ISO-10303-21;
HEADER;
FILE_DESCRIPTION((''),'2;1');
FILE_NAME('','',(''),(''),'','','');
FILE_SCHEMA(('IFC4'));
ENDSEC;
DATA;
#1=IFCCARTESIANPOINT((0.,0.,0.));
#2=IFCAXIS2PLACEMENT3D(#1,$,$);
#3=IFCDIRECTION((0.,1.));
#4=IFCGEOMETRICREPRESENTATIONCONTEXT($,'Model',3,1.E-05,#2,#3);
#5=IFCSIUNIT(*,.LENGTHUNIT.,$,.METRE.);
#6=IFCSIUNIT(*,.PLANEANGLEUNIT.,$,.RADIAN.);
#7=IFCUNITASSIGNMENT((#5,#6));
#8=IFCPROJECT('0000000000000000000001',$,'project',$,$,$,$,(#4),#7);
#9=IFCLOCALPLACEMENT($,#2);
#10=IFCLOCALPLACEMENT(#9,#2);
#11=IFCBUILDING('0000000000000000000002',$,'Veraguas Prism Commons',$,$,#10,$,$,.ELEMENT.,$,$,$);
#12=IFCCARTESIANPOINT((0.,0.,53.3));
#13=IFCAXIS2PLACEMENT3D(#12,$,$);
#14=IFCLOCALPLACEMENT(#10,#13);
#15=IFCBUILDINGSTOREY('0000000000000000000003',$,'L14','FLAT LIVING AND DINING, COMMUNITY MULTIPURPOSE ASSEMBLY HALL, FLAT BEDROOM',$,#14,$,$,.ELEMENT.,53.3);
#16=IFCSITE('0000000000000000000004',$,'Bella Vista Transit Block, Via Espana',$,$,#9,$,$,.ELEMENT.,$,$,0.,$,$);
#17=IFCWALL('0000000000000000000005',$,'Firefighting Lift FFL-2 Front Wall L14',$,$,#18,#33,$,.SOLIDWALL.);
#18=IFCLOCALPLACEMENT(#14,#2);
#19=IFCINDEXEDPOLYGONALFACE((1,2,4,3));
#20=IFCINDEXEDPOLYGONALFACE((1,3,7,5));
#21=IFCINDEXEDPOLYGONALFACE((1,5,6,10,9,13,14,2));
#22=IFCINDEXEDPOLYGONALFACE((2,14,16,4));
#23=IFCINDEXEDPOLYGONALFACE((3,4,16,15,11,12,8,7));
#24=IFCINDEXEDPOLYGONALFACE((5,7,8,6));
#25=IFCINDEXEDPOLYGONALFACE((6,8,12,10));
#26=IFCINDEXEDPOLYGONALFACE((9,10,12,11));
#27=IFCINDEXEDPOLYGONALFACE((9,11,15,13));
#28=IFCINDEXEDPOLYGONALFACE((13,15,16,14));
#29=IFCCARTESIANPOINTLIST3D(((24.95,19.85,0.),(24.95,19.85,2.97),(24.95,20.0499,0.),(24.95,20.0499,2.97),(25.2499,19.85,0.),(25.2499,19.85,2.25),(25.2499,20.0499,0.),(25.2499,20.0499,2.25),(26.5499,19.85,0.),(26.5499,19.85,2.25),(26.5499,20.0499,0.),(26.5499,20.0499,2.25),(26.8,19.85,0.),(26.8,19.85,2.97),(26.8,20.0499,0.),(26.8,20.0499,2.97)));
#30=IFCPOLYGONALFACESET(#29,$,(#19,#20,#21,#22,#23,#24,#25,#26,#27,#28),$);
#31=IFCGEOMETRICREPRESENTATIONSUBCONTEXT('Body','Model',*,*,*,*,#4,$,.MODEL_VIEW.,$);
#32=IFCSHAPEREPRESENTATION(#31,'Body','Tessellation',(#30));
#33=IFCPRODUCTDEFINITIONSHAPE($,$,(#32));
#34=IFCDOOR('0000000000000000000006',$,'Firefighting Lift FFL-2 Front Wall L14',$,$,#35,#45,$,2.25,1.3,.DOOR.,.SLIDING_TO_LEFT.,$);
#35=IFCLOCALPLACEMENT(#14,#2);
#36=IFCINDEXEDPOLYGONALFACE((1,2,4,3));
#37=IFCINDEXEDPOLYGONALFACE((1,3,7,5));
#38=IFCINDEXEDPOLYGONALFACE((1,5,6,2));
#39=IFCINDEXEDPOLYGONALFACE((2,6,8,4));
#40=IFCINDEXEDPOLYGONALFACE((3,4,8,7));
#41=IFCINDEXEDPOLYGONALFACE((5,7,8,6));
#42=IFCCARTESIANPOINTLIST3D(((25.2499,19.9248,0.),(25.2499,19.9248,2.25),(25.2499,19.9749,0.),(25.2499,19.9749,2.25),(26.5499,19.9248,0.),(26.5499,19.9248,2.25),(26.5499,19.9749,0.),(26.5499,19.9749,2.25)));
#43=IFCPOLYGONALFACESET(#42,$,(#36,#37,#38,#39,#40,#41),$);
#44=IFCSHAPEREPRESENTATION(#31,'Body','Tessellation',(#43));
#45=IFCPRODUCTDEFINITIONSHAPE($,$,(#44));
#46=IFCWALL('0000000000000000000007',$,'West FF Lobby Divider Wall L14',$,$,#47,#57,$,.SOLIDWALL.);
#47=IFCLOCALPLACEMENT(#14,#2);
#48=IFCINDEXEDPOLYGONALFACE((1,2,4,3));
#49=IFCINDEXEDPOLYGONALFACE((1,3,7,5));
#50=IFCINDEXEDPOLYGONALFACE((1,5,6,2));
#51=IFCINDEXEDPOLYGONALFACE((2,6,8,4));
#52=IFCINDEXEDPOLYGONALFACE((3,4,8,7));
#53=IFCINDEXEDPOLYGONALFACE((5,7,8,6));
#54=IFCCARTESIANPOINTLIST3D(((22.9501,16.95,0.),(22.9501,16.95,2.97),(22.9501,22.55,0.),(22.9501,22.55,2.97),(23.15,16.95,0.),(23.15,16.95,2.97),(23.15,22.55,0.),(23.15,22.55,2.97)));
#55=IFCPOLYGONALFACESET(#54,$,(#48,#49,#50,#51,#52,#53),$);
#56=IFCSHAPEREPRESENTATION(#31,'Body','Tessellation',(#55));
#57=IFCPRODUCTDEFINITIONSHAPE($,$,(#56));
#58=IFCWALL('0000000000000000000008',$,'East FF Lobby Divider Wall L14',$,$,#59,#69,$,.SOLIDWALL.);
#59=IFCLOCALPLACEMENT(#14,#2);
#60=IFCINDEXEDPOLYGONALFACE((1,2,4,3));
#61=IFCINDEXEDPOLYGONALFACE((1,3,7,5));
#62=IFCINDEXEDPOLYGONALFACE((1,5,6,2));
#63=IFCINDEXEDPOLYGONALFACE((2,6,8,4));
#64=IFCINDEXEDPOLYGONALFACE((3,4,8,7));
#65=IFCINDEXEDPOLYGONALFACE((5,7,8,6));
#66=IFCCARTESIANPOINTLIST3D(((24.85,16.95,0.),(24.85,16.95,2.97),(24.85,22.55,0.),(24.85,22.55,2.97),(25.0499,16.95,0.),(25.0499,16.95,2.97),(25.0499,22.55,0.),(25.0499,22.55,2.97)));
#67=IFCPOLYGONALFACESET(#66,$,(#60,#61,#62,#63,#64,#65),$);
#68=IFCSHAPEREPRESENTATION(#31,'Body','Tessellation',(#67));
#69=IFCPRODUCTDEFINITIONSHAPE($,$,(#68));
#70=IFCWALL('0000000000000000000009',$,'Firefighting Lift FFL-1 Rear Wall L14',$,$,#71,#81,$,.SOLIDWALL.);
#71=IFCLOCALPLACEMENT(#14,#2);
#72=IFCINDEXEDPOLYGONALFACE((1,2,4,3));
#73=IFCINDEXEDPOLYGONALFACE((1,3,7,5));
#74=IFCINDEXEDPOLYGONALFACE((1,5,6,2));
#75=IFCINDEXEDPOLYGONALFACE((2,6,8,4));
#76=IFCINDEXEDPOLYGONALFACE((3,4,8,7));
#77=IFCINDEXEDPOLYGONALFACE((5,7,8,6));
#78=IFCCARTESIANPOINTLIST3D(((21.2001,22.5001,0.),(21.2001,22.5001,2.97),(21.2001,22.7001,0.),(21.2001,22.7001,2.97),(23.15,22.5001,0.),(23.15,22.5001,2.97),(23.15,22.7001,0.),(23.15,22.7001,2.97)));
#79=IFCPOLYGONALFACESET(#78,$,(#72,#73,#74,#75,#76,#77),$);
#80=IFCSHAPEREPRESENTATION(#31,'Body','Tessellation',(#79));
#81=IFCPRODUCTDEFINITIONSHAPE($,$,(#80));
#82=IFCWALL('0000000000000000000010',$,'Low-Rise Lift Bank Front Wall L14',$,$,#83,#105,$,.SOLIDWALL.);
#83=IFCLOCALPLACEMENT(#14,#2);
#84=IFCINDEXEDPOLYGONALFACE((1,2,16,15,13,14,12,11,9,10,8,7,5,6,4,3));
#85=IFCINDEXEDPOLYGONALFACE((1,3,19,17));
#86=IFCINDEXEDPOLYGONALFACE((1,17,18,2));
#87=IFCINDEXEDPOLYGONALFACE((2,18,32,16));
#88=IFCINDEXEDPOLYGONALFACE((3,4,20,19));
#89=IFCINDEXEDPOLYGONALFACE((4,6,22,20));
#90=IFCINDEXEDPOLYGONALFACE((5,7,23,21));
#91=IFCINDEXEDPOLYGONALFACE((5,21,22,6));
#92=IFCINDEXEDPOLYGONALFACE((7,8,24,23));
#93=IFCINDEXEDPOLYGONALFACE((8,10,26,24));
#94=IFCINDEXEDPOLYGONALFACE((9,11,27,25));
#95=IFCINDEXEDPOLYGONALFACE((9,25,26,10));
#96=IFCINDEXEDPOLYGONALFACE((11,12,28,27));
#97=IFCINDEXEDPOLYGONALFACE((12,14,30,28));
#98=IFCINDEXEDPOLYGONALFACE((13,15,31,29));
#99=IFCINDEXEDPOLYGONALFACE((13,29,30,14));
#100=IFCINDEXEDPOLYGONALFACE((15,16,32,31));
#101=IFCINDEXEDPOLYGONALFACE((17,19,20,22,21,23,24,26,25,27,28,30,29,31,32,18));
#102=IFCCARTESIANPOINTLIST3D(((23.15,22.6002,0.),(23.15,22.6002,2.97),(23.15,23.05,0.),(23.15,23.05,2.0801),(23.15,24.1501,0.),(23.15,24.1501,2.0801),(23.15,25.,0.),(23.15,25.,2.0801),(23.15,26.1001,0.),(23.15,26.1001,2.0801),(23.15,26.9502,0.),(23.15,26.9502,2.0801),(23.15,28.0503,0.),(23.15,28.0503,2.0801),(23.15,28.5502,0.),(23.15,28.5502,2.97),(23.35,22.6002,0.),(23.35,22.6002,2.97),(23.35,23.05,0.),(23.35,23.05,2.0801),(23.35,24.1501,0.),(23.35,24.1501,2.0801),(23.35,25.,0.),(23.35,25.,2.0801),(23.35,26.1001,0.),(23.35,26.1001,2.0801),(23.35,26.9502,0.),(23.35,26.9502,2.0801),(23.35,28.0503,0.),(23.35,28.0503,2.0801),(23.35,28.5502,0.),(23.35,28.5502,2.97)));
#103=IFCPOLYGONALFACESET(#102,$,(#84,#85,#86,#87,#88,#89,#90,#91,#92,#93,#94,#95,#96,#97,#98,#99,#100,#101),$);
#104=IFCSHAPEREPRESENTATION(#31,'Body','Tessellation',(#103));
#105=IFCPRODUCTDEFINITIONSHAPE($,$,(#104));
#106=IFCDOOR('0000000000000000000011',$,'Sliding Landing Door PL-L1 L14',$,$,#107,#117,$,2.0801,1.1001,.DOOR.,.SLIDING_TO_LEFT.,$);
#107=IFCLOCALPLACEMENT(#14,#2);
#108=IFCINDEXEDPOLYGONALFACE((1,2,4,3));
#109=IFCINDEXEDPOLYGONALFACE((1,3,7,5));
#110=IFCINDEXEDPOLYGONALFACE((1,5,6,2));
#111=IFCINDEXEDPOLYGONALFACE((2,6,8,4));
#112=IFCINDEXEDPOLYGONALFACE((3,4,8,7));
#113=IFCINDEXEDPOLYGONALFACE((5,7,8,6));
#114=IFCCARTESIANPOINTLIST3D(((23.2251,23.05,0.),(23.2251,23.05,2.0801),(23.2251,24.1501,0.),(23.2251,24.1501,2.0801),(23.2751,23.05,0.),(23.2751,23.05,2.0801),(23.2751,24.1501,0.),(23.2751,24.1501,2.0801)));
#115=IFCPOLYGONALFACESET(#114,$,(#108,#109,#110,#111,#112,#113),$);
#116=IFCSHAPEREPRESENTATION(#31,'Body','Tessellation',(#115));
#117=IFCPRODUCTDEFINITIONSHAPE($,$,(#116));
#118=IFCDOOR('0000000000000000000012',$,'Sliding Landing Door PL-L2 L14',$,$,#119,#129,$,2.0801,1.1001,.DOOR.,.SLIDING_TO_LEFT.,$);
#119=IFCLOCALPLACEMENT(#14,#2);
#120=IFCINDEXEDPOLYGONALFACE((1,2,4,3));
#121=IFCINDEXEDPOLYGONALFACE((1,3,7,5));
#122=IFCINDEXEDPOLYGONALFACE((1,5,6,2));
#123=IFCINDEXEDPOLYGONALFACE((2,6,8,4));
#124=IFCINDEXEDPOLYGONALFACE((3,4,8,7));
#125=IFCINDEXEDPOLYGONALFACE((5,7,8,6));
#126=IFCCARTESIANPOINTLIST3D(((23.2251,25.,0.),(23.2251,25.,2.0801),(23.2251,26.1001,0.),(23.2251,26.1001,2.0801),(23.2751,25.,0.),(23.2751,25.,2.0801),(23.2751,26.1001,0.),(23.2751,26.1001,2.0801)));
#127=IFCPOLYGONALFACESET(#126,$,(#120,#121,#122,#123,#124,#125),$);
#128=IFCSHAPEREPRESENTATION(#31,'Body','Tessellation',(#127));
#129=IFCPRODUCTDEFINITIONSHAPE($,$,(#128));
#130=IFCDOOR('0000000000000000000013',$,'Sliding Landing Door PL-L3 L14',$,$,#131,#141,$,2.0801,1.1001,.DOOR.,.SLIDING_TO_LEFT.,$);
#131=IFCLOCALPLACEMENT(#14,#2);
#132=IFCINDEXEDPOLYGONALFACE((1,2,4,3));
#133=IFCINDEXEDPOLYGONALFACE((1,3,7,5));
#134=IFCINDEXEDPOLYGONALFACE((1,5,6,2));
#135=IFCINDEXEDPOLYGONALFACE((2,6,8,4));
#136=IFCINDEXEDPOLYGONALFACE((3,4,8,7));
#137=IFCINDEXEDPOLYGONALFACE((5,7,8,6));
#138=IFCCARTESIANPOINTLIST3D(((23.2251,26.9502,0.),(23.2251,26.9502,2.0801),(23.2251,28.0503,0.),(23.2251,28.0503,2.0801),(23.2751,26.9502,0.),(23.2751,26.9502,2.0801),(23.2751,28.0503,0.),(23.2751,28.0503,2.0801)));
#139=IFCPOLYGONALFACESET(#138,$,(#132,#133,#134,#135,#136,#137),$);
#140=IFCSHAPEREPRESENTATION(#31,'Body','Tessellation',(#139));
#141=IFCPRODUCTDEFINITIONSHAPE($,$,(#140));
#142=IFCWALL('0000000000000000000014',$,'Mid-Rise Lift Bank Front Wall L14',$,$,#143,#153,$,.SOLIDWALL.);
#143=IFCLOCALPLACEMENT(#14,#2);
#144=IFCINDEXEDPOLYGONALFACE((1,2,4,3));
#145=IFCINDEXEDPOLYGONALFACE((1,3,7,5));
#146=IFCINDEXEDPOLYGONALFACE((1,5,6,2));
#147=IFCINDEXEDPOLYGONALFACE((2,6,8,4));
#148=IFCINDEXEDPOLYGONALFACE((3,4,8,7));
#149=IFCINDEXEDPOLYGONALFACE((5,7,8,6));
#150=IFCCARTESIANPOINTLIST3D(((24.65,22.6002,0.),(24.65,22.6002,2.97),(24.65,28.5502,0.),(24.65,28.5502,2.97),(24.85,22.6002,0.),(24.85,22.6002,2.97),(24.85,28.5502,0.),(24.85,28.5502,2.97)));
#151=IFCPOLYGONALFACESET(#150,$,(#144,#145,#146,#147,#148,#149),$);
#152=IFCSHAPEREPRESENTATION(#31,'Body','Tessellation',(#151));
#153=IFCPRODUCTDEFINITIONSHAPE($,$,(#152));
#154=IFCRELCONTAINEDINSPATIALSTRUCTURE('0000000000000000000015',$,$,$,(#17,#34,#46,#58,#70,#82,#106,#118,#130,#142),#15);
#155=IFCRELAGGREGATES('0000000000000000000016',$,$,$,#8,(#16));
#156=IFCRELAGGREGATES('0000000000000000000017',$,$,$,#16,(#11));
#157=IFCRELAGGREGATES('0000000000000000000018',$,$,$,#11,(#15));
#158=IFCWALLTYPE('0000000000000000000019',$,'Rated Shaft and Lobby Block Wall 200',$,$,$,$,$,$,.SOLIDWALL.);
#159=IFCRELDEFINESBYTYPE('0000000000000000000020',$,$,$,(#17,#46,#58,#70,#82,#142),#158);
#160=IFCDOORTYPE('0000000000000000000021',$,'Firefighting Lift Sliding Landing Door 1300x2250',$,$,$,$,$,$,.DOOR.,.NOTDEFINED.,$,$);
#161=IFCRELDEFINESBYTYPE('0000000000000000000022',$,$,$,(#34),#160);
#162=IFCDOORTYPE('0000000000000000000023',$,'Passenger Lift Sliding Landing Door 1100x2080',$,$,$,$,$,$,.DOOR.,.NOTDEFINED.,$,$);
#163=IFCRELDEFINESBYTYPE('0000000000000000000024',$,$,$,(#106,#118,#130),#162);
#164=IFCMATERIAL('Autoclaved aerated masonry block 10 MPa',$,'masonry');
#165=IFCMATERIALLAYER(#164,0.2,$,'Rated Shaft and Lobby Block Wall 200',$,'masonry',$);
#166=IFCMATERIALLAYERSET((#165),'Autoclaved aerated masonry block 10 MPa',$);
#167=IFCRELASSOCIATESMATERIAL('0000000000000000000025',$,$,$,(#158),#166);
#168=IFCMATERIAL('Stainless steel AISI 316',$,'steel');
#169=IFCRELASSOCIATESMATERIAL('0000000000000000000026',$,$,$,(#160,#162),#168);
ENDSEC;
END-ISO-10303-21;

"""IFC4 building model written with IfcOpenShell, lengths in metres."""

from ifc_helpers import new_model, si_unit, direction, frame, frame_2d, origin, place, context, subcontext, project, spatial, rectangle, extrude, source, transform, mapped, material, layer, layer_set, type_object, element, fill, save


model = new_model("IFC4")

# Units and contexts
model_context = context("Model", 3, precision=1e-05, world=origin(), true_north=direction((0.0, 1.0)))
body_context = subcontext(model_context, "Body", "Model", "MODEL_VIEW")
ifc_project = project(units=[si_unit("LENGTHUNIT", "METRE"), si_unit("PLANEANGLEUNIT", "RADIAN")], contexts=[model_context])

# Site, building, storey
site_placement = place(None, origin())
site = spatial("IfcSite", under=ifc_project, at=site_placement, Name="Bella Vista Transit Block, Via Espana", CompositionType="ELEMENT", RefElevation=0.0)
building_placement = place(site_placement, origin())
building = spatial("IfcBuilding", under=site, at=building_placement, Name="Veraguas Prism Commons", CompositionType="ELEMENT")
storey_placement = place(building_placement, frame((0.0, 0.0, 53.3)))
storey = spatial("IfcBuildingStorey", under=building, at=storey_placement, Name="L14", Description="FLAT LIVING AND DINING, COMMUNITY MULTIPURPOSE ASSEMBLY HALL, FLAT BEDROOM", CompositionType="ELEMENT", Elevation=53.3)

# Wall, opening, door
ifc_material_1 = material(Name="Autoclaved aerated masonry block 10 MPa", Category="masonry")
ifc_layer_1 = layer(ifc_material_1, 0.2, Name="Rated Shaft and Lobby Block Wall 200", Category="masonry")
ifc_layer_set_1 = layer_set([ifc_layer_1], Name="Autoclaved aerated masonry block 10 MPa")
wall_type_1 = type_object("IfcWallType", Name="Rated Shaft and Lobby Block Wall 200", PredefinedType="SOLIDWALL", material=ifc_layer_set_1)
ifc_material_2 = material(Name="Stainless steel AISI 316", Category="steel")
door_type_1 = type_object("IfcDoorType", Name="Firefighting Lift Sliding Landing Door 1300x2250", OperationType="NOTDEFINED", PredefinedType="DOOR", material=ifc_material_2)
shared_shape_1 = source(origin(), body_context, "Body", "SweptSolid", [
    extrude(rectangle(XDim=1.3, YDim=2.25, at=frame_2d((0.6499, 1.125))), frame((0.0, 0.0249, 0.0), z_axis=(0.0, -1.0, 0.0), x_axis=(1.0, 0.0, 0.0)), (0.0, 0.0, 1.0), 0.05),
])
wall_1_placement = place(storey_placement, frame((24.95, 19.95, 0.0), z_axis=(0.0, 0.0, 1.0), x_axis=(1.0, 0.0, 0.0)))
wall_1 = element("IfcWall", 1, at=wall_1_placement, inside=storey, type_object=wall_type_1, Name="Firefighting Lift FFL-2 Front Wall L14", PredefinedType="SOLIDWALL", context=body_context, shape_type="SweptSolid", body=[
    extrude(rectangle(XDim=1.8501, YDim=0.2, at=frame_2d((0.925, 0.0))), origin(), (0.0, 0.0, 1.0), 2.97),
])
opening_1_placement = place(wall_1_placement, frame((0.3, 0.0, 0.0)))
opening_1 = element("IfcOpeningElement", 2, at=opening_1_placement, cuts=wall_1, PredefinedType="OPENING", context=body_context, shape_type="SweptSolid", body=[
    extrude(rectangle(XDim=1.3, YDim=2.25, at=frame_2d((0.6499, 1.125))), frame((0.0, 0.1099, 0.0), z_axis=(0.0, -1.0, 0.0), x_axis=(1.0, 0.0, 0.0)), (0.0, 0.0, 1.0), 0.22),
])
door_1_placement = place(opening_1_placement, origin())
door_1 = element("IfcDoor", 3, at=door_1_placement, inside=storey, type_object=door_type_1, Name="Firefighting Lift FFL-2 Front Wall L14", OperationType="SLIDING_TO_LEFT", OverallHeight=2.25, OverallWidth=1.3, PredefinedType="DOOR", context=body_context, shape_type="MappedRepresentation", body=[
    mapped(shared_shape_1, transform((0.0, 0.0, 0.0), scale=1.0)),
])
fill(opening_1, door_1)

# Walls
for number, where, z_axis, x_axis, name in (
    (4, (23.05, 16.95, 0.0), (0.0, 0.0, 1.0), (0.0, 1.0, 0.0), "West FF Lobby Divider Wall L14"),
    (5, (24.95, 16.95, 0.0), (0.0, 0.0, 1.0), (0.0, 1.0, 0.0), "East FF Lobby Divider Wall L14"),
):
    element("IfcWall", number, at=place(storey_placement, frame(where, z_axis=z_axis, x_axis=x_axis)), inside=storey, type_object=wall_type_1, Name=name, PredefinedType="SOLIDWALL", context=body_context, shape_type="SweptSolid", body=[
        extrude(rectangle(XDim=5.6001, YDim=0.2, at=frame_2d((2.8, 0.0))), origin(), (0.0, 0.0, 1.0), 2.97),
    ])
wall_2_placement = place(storey_placement, frame((21.2, 22.6001, 0.0), z_axis=(0.0, 0.0, 1.0), x_axis=(1.0, 0.0, 0.0)))
element("IfcWall", 6, at=wall_2_placement, inside=storey, type_object=wall_type_1, Name="Firefighting Lift FFL-1 Rear Wall L14", PredefinedType="SOLIDWALL", context=body_context, shape_type="SweptSolid", body=[
    extrude(rectangle(XDim=1.95, YDim=0.2, at=frame_2d((0.9751, 0.0))), origin(), (0.0, 0.0, 1.0), 2.97),
])

# Wall, openings, doors
wall_3_placement = place(storey_placement, frame((23.25, 22.6001, 0.0), z_axis=(0.0, 0.0, 1.0), x_axis=(0.0, 1.0, 0.0)))
wall_3 = element("IfcWall", 7, at=wall_3_placement, inside=storey, type_object=wall_type_1, Name="Low-Rise Lift Bank Front Wall L14", PredefinedType="SOLIDWALL", context=body_context, shape_type="SweptSolid", body=[
    extrude(rectangle(XDim=5.95, YDim=0.2, at=frame_2d((2.9751, 0.0))), origin(), (0.0, 0.0, 1.0), 2.97),
])
opening_2_placement = place(wall_3_placement, frame((0.45, 0.0, 0.0)))
opening_2 = element("IfcOpeningElement", 8, at=opening_2_placement, cuts=wall_3, PredefinedType="OPENING", context=body_context, shape_type="SweptSolid", body=[
    extrude(rectangle(XDim=1.1001, YDim=2.0801, at=frame_2d((0.55, 1.04))), frame((0.0, 0.1099, 0.0), z_axis=(0.0, -1.0, 0.0), x_axis=(1.0, 0.0, 0.0)), (0.0, 0.0, 1.0), 0.22),
])
opening_3_placement = place(wall_3_placement, frame((2.3999, 0.0, 0.0)))
opening_3 = element("IfcOpeningElement", 9, at=opening_3_placement, cuts=wall_3, PredefinedType="OPENING", context=body_context, shape_type="SweptSolid", body=[
    extrude(rectangle(XDim=1.1001, YDim=2.0801, at=frame_2d((0.55, 1.04))), frame((0.0, 0.1099, 0.0), z_axis=(0.0, -1.0, 0.0), x_axis=(1.0, 0.0, 0.0)), (0.0, 0.0, 1.0), 0.22),
])
opening_4_placement = place(wall_3_placement, frame((4.3501, 0.0, 0.0)))
opening_4 = element("IfcOpeningElement", 10, at=opening_4_placement, cuts=wall_3, PredefinedType="OPENING", context=body_context, shape_type="SweptSolid", body=[
    extrude(rectangle(XDim=1.1001, YDim=2.0801, at=frame_2d((0.55, 1.04))), frame((0.0, 0.1099, 0.0), z_axis=(0.0, -1.0, 0.0), x_axis=(1.0, 0.0, 0.0)), (0.0, 0.0, 1.0), 0.22),
])
door_type_2 = type_object("IfcDoorType", Name="Passenger Lift Sliding Landing Door 1100x2080", OperationType="NOTDEFINED", PredefinedType="DOOR", material=ifc_material_2)
shared_shape_2 = source(origin(), body_context, "Body", "SweptSolid", [
    extrude(rectangle(XDim=1.1001, YDim=2.0801, at=frame_2d((0.55, 1.04))), frame((0.0, 0.0249, 0.0), z_axis=(0.0, -1.0, 0.0), x_axis=(1.0, 0.0, 0.0)), (0.0, 0.0, 1.0), 0.05),
])
door_2_placement = place(opening_2_placement, origin())
door_2 = element("IfcDoor", 11, at=door_2_placement, inside=storey, type_object=door_type_2, Name="Sliding Landing Door PL-L1 L14", OperationType="SLIDING_TO_LEFT", OverallHeight=2.0801, OverallWidth=1.1001, PredefinedType="DOOR", context=body_context, shape_type="MappedRepresentation", body=[
    mapped(shared_shape_2, transform((0.0, 0.0, 0.0), scale=1.0)),
])
fill(opening_2, door_2)
door_3_placement = place(opening_3_placement, origin())
door_3 = element("IfcDoor", 12, at=door_3_placement, inside=storey, type_object=door_type_2, Name="Sliding Landing Door PL-L2 L14", OperationType="SLIDING_TO_LEFT", OverallHeight=2.0801, OverallWidth=1.1001, PredefinedType="DOOR", context=body_context, shape_type="MappedRepresentation", body=[
    mapped(shared_shape_2, transform((0.0, 0.0, 0.0), scale=1.0)),
])
fill(opening_3, door_3)
door_4_placement = place(opening_4_placement, origin())
door_4 = element("IfcDoor", 13, at=door_4_placement, inside=storey, type_object=door_type_2, Name="Sliding Landing Door PL-L3 L14", OperationType="SLIDING_TO_LEFT", OverallHeight=2.0801, OverallWidth=1.1001, PredefinedType="DOOR", context=body_context, shape_type="MappedRepresentation", body=[
    mapped(shared_shape_2, transform((0.0, 0.0, 0.0), scale=1.0)),
])
fill(opening_4, door_4)

# Wall
wall_4_placement = place(storey_placement, frame((24.75, 22.6001, 0.0), z_axis=(0.0, 0.0, 1.0), x_axis=(0.0, 1.0, 0.0)))
element("IfcWall", 14, at=wall_4_placement, inside=storey, type_object=wall_type_1, Name="Mid-Rise Lift Bank Front Wall L14", PredefinedType="SOLIDWALL", context=body_context, shape_type="SweptSolid", body=[
    extrude(rectangle(XDim=5.95, YDim=0.2, at=frame_2d((2.9751, 0.0))), origin(), (0.0, 0.0, 1.0), 2.97),
])

save(model, "model.ifc")
